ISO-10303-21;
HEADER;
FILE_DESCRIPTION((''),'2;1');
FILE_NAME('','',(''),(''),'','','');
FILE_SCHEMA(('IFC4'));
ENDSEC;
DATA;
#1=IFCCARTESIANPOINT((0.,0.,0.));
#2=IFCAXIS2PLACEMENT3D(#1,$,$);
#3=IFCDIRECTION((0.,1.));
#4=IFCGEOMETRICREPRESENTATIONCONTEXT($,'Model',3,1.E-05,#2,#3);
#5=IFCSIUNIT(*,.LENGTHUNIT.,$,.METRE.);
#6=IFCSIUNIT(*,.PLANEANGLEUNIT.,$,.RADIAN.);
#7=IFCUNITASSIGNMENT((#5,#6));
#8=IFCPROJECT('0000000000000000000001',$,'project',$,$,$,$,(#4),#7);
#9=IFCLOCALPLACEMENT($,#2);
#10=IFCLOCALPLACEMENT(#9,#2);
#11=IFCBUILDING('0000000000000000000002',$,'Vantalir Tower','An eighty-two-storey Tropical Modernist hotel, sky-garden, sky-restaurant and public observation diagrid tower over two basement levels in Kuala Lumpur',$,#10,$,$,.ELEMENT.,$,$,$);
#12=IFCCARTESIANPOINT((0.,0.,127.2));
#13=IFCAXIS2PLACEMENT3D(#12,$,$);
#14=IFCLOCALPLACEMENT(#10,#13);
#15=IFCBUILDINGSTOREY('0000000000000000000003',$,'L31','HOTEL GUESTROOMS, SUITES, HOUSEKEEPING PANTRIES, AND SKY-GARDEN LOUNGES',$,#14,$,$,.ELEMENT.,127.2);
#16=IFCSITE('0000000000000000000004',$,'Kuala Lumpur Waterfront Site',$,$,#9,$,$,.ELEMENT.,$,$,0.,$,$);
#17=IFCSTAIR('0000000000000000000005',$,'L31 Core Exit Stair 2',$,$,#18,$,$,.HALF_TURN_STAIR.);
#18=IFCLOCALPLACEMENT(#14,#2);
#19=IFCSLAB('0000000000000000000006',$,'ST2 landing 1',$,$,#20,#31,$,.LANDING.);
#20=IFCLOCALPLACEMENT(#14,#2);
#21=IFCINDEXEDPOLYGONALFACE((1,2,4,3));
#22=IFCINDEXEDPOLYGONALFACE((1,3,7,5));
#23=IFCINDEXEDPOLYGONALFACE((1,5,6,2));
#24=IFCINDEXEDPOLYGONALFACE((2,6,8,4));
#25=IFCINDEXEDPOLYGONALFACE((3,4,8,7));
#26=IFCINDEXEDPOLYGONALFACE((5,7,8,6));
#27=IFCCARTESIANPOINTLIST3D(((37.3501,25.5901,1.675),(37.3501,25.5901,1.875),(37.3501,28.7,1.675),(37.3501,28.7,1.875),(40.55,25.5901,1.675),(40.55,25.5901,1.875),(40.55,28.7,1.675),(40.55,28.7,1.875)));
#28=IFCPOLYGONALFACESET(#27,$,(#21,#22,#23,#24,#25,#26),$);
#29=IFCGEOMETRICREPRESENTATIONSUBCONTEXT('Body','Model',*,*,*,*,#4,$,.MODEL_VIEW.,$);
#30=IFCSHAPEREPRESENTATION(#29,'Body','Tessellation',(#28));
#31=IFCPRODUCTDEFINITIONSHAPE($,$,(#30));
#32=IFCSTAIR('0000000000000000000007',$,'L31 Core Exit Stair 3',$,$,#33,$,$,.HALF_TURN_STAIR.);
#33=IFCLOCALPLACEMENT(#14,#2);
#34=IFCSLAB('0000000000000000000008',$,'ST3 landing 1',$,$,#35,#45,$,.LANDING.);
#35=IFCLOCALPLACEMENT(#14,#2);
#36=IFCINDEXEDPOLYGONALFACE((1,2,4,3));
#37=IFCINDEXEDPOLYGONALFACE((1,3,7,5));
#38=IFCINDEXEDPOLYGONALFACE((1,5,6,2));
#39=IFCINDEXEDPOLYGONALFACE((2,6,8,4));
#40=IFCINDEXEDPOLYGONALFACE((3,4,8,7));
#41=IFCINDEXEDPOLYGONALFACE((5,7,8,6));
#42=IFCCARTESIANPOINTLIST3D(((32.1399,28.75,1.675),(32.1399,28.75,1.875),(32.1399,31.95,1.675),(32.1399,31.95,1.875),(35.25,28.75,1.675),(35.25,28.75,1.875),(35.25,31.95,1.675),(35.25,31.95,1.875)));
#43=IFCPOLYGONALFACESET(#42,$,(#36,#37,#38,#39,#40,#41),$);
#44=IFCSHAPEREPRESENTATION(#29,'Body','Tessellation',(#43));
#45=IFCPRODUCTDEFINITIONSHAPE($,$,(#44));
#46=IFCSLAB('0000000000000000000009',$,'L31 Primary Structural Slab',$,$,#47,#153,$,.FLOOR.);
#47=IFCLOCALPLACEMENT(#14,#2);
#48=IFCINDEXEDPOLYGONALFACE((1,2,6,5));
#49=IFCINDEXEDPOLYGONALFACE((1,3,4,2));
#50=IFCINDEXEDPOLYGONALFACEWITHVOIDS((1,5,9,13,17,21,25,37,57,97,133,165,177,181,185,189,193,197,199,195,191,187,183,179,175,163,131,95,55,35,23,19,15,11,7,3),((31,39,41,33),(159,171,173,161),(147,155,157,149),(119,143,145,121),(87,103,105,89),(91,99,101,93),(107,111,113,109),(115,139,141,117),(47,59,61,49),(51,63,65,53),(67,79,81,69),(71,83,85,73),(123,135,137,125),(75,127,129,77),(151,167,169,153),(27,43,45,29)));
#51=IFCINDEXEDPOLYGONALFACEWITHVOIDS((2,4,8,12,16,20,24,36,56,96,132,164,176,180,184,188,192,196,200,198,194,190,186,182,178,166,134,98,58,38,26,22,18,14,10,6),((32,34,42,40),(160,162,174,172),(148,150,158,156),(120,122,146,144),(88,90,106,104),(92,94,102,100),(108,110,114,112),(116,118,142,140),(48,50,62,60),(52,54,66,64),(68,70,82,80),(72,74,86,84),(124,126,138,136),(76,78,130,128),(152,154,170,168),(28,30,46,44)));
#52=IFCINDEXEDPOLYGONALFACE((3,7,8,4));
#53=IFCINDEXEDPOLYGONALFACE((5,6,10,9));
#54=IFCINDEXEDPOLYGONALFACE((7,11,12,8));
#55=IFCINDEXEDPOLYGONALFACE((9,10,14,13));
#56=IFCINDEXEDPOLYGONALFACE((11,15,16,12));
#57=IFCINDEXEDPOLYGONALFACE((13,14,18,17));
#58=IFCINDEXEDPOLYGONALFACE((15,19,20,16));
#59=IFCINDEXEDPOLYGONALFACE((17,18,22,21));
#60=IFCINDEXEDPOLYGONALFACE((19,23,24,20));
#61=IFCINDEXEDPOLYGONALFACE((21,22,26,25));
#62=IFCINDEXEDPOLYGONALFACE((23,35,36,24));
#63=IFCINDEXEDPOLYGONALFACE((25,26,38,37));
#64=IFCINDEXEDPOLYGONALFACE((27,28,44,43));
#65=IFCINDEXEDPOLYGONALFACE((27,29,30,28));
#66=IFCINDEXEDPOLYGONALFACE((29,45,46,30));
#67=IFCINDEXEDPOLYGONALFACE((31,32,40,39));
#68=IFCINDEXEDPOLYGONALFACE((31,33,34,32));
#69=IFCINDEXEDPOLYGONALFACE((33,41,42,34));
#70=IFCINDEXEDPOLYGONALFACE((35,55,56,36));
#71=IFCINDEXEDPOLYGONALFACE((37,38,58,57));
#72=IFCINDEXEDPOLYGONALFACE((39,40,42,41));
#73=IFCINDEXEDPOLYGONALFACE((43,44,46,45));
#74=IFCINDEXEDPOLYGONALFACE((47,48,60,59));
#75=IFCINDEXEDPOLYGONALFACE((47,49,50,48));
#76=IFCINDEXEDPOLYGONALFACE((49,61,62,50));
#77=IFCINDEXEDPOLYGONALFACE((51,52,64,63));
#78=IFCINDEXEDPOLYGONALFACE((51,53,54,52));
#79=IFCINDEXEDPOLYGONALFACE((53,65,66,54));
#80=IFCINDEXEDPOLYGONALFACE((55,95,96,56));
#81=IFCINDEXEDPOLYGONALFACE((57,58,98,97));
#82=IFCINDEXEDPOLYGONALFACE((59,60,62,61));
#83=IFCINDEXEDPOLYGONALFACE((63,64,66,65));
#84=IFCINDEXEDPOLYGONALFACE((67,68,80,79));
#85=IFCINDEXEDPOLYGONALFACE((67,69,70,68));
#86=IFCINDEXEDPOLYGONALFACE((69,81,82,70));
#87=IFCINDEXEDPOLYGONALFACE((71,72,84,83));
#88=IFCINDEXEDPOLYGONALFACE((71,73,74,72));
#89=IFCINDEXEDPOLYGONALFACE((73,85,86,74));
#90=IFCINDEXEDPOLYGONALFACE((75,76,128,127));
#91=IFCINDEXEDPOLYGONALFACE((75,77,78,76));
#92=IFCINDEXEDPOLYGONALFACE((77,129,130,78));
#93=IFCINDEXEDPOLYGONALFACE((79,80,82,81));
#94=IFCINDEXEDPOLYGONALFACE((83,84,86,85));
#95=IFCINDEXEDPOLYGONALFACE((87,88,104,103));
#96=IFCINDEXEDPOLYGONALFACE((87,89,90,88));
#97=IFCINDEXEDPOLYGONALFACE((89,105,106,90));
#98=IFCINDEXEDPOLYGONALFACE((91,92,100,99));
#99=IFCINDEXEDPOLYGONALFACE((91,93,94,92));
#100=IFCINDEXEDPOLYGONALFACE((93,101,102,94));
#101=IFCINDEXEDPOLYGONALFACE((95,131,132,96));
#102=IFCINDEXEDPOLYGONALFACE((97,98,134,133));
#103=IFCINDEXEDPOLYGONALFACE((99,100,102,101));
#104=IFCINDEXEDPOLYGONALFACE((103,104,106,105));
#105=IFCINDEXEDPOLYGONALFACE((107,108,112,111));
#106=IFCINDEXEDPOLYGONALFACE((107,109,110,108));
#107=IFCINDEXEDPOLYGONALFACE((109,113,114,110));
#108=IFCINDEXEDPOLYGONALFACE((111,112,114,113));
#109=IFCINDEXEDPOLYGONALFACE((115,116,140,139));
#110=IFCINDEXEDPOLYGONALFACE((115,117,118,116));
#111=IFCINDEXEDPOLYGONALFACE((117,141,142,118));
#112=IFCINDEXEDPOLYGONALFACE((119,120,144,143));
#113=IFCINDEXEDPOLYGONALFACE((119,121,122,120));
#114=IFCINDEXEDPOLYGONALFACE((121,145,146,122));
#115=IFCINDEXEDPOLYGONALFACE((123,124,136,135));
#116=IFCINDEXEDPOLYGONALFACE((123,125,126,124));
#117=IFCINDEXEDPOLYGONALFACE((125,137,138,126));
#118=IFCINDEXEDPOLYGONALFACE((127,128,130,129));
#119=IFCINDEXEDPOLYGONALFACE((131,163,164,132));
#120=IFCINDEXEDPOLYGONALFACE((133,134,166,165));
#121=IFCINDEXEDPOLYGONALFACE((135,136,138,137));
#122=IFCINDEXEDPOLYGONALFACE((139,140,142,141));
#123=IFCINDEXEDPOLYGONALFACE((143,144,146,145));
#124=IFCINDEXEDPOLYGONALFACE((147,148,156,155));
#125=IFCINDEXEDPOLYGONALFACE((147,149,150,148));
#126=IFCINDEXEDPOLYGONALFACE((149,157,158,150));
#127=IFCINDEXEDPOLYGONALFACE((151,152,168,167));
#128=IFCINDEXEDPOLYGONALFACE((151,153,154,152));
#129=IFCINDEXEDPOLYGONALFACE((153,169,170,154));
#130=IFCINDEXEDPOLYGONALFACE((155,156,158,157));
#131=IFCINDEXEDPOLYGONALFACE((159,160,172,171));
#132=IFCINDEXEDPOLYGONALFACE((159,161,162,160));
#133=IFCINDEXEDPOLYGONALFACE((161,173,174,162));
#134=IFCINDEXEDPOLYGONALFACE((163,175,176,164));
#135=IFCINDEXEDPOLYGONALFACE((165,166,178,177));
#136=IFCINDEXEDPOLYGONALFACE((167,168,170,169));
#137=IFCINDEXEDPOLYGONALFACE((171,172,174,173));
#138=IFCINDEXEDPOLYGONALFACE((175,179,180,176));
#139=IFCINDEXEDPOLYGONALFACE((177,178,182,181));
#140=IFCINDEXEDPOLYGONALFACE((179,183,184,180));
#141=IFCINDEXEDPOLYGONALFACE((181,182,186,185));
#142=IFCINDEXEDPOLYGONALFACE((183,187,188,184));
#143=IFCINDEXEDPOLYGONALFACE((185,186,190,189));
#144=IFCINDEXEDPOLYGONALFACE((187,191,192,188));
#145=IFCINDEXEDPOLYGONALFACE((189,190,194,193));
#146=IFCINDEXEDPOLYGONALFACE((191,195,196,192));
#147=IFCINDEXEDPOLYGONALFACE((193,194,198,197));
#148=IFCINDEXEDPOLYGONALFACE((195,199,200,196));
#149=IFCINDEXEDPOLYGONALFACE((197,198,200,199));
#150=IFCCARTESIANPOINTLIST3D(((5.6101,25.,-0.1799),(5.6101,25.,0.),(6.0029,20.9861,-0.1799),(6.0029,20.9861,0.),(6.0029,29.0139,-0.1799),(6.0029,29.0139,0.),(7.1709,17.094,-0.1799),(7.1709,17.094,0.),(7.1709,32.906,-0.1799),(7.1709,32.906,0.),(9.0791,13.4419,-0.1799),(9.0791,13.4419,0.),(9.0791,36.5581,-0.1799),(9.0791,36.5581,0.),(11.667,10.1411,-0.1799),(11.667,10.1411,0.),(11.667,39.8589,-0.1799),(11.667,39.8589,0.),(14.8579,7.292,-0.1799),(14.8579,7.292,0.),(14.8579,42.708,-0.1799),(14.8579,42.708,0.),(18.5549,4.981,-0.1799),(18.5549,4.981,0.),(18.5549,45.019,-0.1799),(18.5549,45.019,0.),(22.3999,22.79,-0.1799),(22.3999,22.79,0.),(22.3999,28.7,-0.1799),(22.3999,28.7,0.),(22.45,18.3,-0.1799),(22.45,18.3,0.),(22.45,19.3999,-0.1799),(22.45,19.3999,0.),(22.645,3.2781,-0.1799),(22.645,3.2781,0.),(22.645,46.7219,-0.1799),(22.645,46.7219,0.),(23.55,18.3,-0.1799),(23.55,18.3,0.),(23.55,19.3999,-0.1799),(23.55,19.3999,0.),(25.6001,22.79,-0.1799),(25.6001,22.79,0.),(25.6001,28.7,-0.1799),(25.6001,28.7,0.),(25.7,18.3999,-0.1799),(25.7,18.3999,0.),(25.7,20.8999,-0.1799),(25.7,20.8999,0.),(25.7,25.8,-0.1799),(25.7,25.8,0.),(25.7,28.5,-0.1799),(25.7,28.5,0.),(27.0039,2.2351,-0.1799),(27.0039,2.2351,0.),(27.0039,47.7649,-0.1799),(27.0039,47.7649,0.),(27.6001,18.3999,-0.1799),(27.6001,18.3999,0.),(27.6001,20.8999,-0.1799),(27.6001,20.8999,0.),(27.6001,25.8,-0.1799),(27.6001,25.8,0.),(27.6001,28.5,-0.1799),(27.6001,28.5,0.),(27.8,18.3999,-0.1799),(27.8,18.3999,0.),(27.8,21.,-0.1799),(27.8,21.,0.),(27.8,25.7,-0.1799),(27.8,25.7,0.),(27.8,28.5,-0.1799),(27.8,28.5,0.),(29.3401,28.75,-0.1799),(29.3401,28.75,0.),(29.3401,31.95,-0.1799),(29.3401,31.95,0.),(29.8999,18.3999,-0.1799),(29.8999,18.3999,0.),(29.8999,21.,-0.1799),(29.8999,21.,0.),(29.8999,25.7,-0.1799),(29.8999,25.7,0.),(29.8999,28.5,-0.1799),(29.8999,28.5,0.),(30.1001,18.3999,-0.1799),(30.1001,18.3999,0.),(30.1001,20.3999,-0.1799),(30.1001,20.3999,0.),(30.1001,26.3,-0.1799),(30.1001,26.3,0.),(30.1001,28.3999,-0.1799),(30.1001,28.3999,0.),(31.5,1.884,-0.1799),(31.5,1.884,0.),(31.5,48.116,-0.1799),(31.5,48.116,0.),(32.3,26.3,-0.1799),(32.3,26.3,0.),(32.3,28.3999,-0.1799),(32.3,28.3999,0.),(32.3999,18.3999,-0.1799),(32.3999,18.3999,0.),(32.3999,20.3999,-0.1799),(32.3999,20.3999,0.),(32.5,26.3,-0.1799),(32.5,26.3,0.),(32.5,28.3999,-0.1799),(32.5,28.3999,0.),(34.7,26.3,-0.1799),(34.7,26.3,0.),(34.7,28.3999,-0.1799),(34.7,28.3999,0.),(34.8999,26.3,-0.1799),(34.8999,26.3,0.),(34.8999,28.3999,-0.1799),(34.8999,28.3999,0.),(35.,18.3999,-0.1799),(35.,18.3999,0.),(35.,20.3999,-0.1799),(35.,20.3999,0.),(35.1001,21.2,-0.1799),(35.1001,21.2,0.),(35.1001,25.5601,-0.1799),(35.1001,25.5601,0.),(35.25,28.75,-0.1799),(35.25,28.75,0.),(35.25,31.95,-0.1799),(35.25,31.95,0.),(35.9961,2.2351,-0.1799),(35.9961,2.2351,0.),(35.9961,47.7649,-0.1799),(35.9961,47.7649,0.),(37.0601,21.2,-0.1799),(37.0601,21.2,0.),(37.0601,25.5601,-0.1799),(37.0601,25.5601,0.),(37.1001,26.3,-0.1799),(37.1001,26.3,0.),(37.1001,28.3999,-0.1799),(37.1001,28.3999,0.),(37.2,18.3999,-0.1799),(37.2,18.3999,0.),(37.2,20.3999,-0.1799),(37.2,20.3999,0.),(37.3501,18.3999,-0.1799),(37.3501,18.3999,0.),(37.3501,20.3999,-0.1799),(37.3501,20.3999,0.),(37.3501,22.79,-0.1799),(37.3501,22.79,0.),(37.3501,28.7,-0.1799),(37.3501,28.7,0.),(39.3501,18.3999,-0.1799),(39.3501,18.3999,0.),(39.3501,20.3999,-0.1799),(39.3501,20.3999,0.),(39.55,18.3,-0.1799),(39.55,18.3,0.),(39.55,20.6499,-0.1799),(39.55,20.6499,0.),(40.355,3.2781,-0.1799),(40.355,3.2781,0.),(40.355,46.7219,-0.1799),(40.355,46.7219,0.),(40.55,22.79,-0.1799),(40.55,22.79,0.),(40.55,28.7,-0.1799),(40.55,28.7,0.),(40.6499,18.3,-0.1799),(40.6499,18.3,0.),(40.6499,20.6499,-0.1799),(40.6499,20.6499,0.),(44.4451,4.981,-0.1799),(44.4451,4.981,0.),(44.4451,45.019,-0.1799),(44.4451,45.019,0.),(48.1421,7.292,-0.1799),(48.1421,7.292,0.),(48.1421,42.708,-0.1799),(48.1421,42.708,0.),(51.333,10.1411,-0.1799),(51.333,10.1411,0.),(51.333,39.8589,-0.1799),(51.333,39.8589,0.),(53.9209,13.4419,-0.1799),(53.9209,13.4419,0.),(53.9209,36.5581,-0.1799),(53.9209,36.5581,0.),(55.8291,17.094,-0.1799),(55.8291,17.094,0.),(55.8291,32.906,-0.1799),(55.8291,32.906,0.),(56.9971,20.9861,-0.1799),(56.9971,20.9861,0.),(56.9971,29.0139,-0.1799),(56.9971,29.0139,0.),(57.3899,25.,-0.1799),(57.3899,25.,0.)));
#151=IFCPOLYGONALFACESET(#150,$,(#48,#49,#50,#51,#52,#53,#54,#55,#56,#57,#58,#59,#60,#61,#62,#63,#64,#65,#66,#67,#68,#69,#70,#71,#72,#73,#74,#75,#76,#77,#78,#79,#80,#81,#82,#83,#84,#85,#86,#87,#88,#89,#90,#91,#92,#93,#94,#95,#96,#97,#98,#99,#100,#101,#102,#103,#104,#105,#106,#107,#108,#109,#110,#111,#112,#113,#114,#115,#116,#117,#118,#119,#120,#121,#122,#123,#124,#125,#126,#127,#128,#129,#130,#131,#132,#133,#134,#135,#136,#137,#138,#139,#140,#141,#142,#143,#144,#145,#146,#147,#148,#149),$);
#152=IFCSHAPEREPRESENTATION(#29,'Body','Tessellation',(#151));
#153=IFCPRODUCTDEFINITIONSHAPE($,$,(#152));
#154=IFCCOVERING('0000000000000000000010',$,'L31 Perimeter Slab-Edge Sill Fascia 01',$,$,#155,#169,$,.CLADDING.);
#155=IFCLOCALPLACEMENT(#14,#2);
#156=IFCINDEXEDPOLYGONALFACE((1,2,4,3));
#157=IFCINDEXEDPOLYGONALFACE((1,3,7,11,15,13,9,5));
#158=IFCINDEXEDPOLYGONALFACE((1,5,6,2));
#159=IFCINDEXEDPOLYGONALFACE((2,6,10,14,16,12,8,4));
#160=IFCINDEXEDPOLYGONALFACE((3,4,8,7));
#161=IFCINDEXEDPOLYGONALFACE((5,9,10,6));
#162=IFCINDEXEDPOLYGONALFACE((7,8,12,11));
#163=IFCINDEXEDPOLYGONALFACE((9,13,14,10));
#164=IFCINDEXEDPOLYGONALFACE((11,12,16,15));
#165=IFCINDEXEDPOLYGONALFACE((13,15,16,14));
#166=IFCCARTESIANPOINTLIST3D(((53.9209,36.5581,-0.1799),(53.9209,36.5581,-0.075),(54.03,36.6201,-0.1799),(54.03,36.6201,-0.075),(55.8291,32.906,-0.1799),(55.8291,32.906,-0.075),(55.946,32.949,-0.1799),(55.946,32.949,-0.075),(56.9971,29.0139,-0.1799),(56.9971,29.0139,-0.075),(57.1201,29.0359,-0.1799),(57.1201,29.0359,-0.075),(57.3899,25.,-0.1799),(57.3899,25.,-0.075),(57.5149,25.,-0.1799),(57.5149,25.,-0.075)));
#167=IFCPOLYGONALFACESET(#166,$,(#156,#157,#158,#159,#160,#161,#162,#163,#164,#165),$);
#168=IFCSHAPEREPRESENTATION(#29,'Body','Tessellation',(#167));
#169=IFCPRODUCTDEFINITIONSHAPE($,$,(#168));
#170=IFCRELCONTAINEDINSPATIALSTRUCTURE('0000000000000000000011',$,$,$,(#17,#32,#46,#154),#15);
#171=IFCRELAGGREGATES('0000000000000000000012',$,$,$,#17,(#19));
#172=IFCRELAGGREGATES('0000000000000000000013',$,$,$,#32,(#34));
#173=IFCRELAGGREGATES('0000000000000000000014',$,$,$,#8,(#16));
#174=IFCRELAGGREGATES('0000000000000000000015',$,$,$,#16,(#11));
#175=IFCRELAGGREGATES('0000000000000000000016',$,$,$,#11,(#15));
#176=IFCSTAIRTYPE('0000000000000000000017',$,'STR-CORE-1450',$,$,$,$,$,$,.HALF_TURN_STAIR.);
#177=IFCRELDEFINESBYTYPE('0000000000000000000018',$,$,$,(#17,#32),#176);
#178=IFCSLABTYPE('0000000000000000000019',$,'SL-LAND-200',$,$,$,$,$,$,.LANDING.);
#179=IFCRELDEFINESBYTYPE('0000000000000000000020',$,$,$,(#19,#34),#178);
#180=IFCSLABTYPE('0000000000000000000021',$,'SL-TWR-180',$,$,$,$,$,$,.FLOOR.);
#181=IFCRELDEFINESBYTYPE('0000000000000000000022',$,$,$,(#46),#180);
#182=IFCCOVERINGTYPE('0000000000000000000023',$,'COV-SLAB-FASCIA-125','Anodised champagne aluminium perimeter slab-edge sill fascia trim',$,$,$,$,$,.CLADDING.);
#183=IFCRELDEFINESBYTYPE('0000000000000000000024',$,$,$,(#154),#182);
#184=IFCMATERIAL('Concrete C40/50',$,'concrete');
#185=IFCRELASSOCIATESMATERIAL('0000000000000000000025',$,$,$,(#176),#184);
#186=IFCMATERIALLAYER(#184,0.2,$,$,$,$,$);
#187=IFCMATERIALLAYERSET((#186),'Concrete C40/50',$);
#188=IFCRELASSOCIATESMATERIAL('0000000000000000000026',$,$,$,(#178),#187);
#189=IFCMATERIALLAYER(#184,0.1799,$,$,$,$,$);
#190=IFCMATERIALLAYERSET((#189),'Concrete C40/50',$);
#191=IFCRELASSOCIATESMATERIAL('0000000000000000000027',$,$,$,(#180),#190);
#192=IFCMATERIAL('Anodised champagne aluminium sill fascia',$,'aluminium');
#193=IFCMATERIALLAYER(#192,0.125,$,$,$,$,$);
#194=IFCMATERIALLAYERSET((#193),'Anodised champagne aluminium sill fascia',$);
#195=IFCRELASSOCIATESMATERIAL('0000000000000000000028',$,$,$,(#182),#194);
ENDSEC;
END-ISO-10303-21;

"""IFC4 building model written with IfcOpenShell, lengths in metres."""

from ifc_helpers import new_model, si_unit, direction, frame, origin, place, context, subcontext, project, spatial, polyline, outline, extrude, material, layer, layer_set, type_object, element, aggregate, save


model = new_model("IFC4")

# Units and contexts
model_context = context("Model", 3, precision=1e-05, world=origin(), true_north=direction((0.0, 1.0)))
body_context = subcontext(model_context, "Body", "Model", "MODEL_VIEW")
ifc_project = project(units=[si_unit("LENGTHUNIT", "METRE"), si_unit("PLANEANGLEUNIT", "RADIAN")], contexts=[model_context])

# Site, building, storey
site_placement = place(None, origin())
site = spatial("IfcSite", under=ifc_project, at=site_placement, Name="Kuala Lumpur Waterfront Site", CompositionType="ELEMENT", RefElevation=0.0)
building_placement = place(site_placement, origin())
building = spatial("IfcBuilding", under=site, at=building_placement, Name="Vantalir Tower", Description="An eighty-two-storey Tropical Modernist hotel, sky-garden, sky-restaurant and public observation diagrid tower over two basement levels in Kuala Lumpur", CompositionType="ELEMENT")
storey_placement = place(building_placement, frame((0.0, 0.0, 127.2)))
storey = spatial("IfcBuildingStorey", under=building, at=storey_placement, Name="L31", Description="HOTEL GUESTROOMS, SUITES, HOUSEKEEPING PANTRIES, AND SKY-GARDEN LOUNGES", CompositionType="ELEMENT", Elevation=127.2)

# Stairs, slabs
ifc_material_1 = material(Name="Concrete C40/50", Category="concrete")
stair_type = type_object("IfcStairType", Name="STR-CORE-1450", PredefinedType="HALF_TURN_STAIR", material=ifc_material_1)
ifc_layer_1 = layer(ifc_material_1, 0.2)
ifc_layer_set_1 = layer_set([ifc_layer_1], Name="Concrete C40/50")
slab_type_1 = type_object("IfcSlabType", Name="SL-LAND-200", PredefinedType="LANDING", material=ifc_layer_set_1)
stair_1_placement = place(storey_placement, origin())
stair_1 = element("IfcStair", 1, at=stair_1_placement, inside=storey, type_object=stair_type, Name="L31 Core Exit Stair 2", PredefinedType="HALF_TURN_STAIR")
slab_1_placement = place(storey_placement, frame((0.0, 0.0, 1.675)))
slab_1 = element("IfcSlab", 2, at=slab_1_placement, type_object=slab_type_1, Name="ST2 landing 1", PredefinedType="LANDING", context=body_context, shape_type="SweptSolid", body=[
    extrude(outline(polyline([(40.55, 25.5901), (40.55, 28.7), (37.3501, 28.7), (37.3501, 25.5901), (40.55, 25.5901)])), origin(), (0.0, 0.0, 1.0), 0.2),
])
aggregate(stair_1, [slab_1])
stair_2_placement = place(storey_placement, origin())
stair_2 = element("IfcStair", 3, at=stair_2_placement, inside=storey, type_object=stair_type, Name="L31 Core Exit Stair 3", PredefinedType="HALF_TURN_STAIR")
slab_2_placement = place(storey_placement, frame((0.0, 0.0, 1.675)))
slab_2 = element("IfcSlab", 4, at=slab_2_placement, type_object=slab_type_1, Name="ST3 landing 1", PredefinedType="LANDING", context=body_context, shape_type="SweptSolid", body=[
    extrude(outline(polyline([(32.1399, 28.75), (35.25, 28.75), (35.25, 31.95), (32.1399, 31.95), (32.1399, 28.75)])), origin(), (0.0, 0.0, 1.0), 0.2),
])
aggregate(stair_2, [slab_2])

# Slab
ifc_layer_2 = layer(ifc_material_1, 0.1799)
ifc_layer_set_2 = layer_set([ifc_layer_2], Name="Concrete C40/50")
slab_type_2 = type_object("IfcSlabType", Name="SL-TWR-180", PredefinedType="FLOOR", material=ifc_layer_set_2)
slab_3_placement = place(storey_placement, frame((0.0, 0.0, -0.1799)))
element("IfcSlab", 5, at=slab_3_placement, inside=storey, type_object=slab_type_2, Name="L31 Primary Structural Slab", PredefinedType="FLOOR", context=body_context, shape_type="SweptSolid", body=[
    extrude(outline(polyline([(9.0791, 13.4419), (11.667, 10.1411), (14.8579, 7.292), (18.5549, 4.981), (22.645, 3.2781), (27.0039, 2.2351), (31.5, 1.884), (35.9961, 2.2351), (40.355, 3.2781), (44.4451, 4.981), (48.1421, 7.292), (51.333, 10.1411), (53.9209, 13.4419), (55.8291, 17.094), (56.9971, 20.9861), (57.3899, 25.0), (56.9971, 29.0139), (55.8291, 32.906), (53.9209, 36.5581), (51.333, 39.8589), (48.1421, 42.708), (44.4451, 45.019), (40.355, 46.7219), (35.9961, 47.7649), (31.5, 48.116), (27.0039, 47.7649), (22.645, 46.7219), (18.5549, 45.019), (14.8579, 42.708), (11.667, 39.8589), (9.0791, 36.5581), (7.1709, 32.906), (6.0029, 29.0139), (5.6101, 25.0), (6.0029, 20.9861), (7.1709, 17.094), (9.0791, 13.4419)]), holes=[polyline([(22.3999, 22.79), (22.3999, 28.7), (25.6001, 28.7), (25.6001, 22.79), (22.3999, 22.79)]), polyline([(37.3501, 28.7), (40.55, 28.7), (40.55, 22.79), (37.3501, 22.79), (37.3501, 28.7)]), polyline([(35.25, 28.75), (29.3401, 28.75), (29.3401, 31.95), (35.25, 31.95), (35.25, 28.75)]), polyline([(27.6001, 18.3999), (25.7, 18.3999), (25.7, 20.8999), (27.6001, 20.8999), (27.6001, 18.3999)]), polyline([(25.7, 25.8), (25.7, 28.5), (27.6001, 28.5), (27.6001, 25.8), (25.7, 25.8)]), polyline([(27.8, 21.0), (29.8999, 21.0), (29.8999, 18.3999), (27.8, 18.3999), (27.8, 21.0)]), polyline([(29.8999, 28.5), (29.8999, 25.7), (27.8, 25.7), (27.8, 28.5), (29.8999, 28.5)]), polyline([(32.3999, 18.3999), (30.1001, 18.3999), (30.1001, 20.3999), (32.3999, 20.3999), (32.3999, 18.3999)]), polyline([(37.3501, 18.3999), (37.3501, 20.3999), (39.3501, 20.3999), (39.3501, 18.3999), (37.3501, 18.3999)]), polyline([(35.0, 20.3999), (37.2, 20.3999), (37.2, 18.3999), (35.0, 18.3999), (35.0, 20.3999)]), polyline([(32.3, 28.3999), (32.3, 26.3), (30.1001, 26.3), (30.1001, 28.3999), (32.3, 28.3999)]), polyline([(34.7, 26.3), (32.5, 26.3), (32.5, 28.3999), (34.7, 28.3999), (34.7, 26.3)]), polyline([(34.8999, 26.3), (34.8999, 28.3999), (37.1001, 28.3999), (37.1001, 26.3), (34.8999, 26.3)]), polyline([(35.1001, 25.5601), (37.0601, 25.5601), (37.0601, 21.2), (35.1001, 21.2), (35.1001, 25.5601)]), polyline([(23.55, 19.3999), (23.55, 18.3), (22.45, 18.3), (22.45, 19.3999), (23.55, 19.3999)]), polyline([(40.6499, 18.3), (39.55, 18.3), (39.55, 20.6499), (40.6499, 20.6499), (40.6499, 18.3)])]), origin(), (0.0, 0.0, 1.0), 0.1799),
])

# Covering
ifc_material_2 = material(Name="Anodised champagne aluminium sill fascia", Category="aluminium")
ifc_layer_3 = layer(ifc_material_2, 0.125)
ifc_layer_set_3 = layer_set([ifc_layer_3], Name="Anodised champagne aluminium sill fascia")
covering_type = type_object("IfcCoveringType", Name="COV-SLAB-FASCIA-125", Description="Anodised champagne aluminium perimeter slab-edge sill fascia trim", PredefinedType="CLADDING", material=ifc_layer_set_3)
covering_1_placement = place(storey_placement, frame((0.0, 0.0, -0.1799)))
element("IfcCovering", 6, at=covering_1_placement, inside=storey, type_object=covering_type, Name="L31 Perimeter Slab-Edge Sill Fascia 01", PredefinedType="CLADDING", context=body_context, shape_type="SweptSolid", body=[
    extrude(outline(polyline([(57.5149, 25.0), (57.1201, 29.0359), (55.946, 32.949), (54.03, 36.6201), (53.9209, 36.5581), (55.8291, 32.906), (56.9971, 29.0139), (57.3899, 25.0), (57.5149, 25.0)])), origin(), (0.0, 0.0, 1.0), 0.105),
])

save(model, "model.ifc")
